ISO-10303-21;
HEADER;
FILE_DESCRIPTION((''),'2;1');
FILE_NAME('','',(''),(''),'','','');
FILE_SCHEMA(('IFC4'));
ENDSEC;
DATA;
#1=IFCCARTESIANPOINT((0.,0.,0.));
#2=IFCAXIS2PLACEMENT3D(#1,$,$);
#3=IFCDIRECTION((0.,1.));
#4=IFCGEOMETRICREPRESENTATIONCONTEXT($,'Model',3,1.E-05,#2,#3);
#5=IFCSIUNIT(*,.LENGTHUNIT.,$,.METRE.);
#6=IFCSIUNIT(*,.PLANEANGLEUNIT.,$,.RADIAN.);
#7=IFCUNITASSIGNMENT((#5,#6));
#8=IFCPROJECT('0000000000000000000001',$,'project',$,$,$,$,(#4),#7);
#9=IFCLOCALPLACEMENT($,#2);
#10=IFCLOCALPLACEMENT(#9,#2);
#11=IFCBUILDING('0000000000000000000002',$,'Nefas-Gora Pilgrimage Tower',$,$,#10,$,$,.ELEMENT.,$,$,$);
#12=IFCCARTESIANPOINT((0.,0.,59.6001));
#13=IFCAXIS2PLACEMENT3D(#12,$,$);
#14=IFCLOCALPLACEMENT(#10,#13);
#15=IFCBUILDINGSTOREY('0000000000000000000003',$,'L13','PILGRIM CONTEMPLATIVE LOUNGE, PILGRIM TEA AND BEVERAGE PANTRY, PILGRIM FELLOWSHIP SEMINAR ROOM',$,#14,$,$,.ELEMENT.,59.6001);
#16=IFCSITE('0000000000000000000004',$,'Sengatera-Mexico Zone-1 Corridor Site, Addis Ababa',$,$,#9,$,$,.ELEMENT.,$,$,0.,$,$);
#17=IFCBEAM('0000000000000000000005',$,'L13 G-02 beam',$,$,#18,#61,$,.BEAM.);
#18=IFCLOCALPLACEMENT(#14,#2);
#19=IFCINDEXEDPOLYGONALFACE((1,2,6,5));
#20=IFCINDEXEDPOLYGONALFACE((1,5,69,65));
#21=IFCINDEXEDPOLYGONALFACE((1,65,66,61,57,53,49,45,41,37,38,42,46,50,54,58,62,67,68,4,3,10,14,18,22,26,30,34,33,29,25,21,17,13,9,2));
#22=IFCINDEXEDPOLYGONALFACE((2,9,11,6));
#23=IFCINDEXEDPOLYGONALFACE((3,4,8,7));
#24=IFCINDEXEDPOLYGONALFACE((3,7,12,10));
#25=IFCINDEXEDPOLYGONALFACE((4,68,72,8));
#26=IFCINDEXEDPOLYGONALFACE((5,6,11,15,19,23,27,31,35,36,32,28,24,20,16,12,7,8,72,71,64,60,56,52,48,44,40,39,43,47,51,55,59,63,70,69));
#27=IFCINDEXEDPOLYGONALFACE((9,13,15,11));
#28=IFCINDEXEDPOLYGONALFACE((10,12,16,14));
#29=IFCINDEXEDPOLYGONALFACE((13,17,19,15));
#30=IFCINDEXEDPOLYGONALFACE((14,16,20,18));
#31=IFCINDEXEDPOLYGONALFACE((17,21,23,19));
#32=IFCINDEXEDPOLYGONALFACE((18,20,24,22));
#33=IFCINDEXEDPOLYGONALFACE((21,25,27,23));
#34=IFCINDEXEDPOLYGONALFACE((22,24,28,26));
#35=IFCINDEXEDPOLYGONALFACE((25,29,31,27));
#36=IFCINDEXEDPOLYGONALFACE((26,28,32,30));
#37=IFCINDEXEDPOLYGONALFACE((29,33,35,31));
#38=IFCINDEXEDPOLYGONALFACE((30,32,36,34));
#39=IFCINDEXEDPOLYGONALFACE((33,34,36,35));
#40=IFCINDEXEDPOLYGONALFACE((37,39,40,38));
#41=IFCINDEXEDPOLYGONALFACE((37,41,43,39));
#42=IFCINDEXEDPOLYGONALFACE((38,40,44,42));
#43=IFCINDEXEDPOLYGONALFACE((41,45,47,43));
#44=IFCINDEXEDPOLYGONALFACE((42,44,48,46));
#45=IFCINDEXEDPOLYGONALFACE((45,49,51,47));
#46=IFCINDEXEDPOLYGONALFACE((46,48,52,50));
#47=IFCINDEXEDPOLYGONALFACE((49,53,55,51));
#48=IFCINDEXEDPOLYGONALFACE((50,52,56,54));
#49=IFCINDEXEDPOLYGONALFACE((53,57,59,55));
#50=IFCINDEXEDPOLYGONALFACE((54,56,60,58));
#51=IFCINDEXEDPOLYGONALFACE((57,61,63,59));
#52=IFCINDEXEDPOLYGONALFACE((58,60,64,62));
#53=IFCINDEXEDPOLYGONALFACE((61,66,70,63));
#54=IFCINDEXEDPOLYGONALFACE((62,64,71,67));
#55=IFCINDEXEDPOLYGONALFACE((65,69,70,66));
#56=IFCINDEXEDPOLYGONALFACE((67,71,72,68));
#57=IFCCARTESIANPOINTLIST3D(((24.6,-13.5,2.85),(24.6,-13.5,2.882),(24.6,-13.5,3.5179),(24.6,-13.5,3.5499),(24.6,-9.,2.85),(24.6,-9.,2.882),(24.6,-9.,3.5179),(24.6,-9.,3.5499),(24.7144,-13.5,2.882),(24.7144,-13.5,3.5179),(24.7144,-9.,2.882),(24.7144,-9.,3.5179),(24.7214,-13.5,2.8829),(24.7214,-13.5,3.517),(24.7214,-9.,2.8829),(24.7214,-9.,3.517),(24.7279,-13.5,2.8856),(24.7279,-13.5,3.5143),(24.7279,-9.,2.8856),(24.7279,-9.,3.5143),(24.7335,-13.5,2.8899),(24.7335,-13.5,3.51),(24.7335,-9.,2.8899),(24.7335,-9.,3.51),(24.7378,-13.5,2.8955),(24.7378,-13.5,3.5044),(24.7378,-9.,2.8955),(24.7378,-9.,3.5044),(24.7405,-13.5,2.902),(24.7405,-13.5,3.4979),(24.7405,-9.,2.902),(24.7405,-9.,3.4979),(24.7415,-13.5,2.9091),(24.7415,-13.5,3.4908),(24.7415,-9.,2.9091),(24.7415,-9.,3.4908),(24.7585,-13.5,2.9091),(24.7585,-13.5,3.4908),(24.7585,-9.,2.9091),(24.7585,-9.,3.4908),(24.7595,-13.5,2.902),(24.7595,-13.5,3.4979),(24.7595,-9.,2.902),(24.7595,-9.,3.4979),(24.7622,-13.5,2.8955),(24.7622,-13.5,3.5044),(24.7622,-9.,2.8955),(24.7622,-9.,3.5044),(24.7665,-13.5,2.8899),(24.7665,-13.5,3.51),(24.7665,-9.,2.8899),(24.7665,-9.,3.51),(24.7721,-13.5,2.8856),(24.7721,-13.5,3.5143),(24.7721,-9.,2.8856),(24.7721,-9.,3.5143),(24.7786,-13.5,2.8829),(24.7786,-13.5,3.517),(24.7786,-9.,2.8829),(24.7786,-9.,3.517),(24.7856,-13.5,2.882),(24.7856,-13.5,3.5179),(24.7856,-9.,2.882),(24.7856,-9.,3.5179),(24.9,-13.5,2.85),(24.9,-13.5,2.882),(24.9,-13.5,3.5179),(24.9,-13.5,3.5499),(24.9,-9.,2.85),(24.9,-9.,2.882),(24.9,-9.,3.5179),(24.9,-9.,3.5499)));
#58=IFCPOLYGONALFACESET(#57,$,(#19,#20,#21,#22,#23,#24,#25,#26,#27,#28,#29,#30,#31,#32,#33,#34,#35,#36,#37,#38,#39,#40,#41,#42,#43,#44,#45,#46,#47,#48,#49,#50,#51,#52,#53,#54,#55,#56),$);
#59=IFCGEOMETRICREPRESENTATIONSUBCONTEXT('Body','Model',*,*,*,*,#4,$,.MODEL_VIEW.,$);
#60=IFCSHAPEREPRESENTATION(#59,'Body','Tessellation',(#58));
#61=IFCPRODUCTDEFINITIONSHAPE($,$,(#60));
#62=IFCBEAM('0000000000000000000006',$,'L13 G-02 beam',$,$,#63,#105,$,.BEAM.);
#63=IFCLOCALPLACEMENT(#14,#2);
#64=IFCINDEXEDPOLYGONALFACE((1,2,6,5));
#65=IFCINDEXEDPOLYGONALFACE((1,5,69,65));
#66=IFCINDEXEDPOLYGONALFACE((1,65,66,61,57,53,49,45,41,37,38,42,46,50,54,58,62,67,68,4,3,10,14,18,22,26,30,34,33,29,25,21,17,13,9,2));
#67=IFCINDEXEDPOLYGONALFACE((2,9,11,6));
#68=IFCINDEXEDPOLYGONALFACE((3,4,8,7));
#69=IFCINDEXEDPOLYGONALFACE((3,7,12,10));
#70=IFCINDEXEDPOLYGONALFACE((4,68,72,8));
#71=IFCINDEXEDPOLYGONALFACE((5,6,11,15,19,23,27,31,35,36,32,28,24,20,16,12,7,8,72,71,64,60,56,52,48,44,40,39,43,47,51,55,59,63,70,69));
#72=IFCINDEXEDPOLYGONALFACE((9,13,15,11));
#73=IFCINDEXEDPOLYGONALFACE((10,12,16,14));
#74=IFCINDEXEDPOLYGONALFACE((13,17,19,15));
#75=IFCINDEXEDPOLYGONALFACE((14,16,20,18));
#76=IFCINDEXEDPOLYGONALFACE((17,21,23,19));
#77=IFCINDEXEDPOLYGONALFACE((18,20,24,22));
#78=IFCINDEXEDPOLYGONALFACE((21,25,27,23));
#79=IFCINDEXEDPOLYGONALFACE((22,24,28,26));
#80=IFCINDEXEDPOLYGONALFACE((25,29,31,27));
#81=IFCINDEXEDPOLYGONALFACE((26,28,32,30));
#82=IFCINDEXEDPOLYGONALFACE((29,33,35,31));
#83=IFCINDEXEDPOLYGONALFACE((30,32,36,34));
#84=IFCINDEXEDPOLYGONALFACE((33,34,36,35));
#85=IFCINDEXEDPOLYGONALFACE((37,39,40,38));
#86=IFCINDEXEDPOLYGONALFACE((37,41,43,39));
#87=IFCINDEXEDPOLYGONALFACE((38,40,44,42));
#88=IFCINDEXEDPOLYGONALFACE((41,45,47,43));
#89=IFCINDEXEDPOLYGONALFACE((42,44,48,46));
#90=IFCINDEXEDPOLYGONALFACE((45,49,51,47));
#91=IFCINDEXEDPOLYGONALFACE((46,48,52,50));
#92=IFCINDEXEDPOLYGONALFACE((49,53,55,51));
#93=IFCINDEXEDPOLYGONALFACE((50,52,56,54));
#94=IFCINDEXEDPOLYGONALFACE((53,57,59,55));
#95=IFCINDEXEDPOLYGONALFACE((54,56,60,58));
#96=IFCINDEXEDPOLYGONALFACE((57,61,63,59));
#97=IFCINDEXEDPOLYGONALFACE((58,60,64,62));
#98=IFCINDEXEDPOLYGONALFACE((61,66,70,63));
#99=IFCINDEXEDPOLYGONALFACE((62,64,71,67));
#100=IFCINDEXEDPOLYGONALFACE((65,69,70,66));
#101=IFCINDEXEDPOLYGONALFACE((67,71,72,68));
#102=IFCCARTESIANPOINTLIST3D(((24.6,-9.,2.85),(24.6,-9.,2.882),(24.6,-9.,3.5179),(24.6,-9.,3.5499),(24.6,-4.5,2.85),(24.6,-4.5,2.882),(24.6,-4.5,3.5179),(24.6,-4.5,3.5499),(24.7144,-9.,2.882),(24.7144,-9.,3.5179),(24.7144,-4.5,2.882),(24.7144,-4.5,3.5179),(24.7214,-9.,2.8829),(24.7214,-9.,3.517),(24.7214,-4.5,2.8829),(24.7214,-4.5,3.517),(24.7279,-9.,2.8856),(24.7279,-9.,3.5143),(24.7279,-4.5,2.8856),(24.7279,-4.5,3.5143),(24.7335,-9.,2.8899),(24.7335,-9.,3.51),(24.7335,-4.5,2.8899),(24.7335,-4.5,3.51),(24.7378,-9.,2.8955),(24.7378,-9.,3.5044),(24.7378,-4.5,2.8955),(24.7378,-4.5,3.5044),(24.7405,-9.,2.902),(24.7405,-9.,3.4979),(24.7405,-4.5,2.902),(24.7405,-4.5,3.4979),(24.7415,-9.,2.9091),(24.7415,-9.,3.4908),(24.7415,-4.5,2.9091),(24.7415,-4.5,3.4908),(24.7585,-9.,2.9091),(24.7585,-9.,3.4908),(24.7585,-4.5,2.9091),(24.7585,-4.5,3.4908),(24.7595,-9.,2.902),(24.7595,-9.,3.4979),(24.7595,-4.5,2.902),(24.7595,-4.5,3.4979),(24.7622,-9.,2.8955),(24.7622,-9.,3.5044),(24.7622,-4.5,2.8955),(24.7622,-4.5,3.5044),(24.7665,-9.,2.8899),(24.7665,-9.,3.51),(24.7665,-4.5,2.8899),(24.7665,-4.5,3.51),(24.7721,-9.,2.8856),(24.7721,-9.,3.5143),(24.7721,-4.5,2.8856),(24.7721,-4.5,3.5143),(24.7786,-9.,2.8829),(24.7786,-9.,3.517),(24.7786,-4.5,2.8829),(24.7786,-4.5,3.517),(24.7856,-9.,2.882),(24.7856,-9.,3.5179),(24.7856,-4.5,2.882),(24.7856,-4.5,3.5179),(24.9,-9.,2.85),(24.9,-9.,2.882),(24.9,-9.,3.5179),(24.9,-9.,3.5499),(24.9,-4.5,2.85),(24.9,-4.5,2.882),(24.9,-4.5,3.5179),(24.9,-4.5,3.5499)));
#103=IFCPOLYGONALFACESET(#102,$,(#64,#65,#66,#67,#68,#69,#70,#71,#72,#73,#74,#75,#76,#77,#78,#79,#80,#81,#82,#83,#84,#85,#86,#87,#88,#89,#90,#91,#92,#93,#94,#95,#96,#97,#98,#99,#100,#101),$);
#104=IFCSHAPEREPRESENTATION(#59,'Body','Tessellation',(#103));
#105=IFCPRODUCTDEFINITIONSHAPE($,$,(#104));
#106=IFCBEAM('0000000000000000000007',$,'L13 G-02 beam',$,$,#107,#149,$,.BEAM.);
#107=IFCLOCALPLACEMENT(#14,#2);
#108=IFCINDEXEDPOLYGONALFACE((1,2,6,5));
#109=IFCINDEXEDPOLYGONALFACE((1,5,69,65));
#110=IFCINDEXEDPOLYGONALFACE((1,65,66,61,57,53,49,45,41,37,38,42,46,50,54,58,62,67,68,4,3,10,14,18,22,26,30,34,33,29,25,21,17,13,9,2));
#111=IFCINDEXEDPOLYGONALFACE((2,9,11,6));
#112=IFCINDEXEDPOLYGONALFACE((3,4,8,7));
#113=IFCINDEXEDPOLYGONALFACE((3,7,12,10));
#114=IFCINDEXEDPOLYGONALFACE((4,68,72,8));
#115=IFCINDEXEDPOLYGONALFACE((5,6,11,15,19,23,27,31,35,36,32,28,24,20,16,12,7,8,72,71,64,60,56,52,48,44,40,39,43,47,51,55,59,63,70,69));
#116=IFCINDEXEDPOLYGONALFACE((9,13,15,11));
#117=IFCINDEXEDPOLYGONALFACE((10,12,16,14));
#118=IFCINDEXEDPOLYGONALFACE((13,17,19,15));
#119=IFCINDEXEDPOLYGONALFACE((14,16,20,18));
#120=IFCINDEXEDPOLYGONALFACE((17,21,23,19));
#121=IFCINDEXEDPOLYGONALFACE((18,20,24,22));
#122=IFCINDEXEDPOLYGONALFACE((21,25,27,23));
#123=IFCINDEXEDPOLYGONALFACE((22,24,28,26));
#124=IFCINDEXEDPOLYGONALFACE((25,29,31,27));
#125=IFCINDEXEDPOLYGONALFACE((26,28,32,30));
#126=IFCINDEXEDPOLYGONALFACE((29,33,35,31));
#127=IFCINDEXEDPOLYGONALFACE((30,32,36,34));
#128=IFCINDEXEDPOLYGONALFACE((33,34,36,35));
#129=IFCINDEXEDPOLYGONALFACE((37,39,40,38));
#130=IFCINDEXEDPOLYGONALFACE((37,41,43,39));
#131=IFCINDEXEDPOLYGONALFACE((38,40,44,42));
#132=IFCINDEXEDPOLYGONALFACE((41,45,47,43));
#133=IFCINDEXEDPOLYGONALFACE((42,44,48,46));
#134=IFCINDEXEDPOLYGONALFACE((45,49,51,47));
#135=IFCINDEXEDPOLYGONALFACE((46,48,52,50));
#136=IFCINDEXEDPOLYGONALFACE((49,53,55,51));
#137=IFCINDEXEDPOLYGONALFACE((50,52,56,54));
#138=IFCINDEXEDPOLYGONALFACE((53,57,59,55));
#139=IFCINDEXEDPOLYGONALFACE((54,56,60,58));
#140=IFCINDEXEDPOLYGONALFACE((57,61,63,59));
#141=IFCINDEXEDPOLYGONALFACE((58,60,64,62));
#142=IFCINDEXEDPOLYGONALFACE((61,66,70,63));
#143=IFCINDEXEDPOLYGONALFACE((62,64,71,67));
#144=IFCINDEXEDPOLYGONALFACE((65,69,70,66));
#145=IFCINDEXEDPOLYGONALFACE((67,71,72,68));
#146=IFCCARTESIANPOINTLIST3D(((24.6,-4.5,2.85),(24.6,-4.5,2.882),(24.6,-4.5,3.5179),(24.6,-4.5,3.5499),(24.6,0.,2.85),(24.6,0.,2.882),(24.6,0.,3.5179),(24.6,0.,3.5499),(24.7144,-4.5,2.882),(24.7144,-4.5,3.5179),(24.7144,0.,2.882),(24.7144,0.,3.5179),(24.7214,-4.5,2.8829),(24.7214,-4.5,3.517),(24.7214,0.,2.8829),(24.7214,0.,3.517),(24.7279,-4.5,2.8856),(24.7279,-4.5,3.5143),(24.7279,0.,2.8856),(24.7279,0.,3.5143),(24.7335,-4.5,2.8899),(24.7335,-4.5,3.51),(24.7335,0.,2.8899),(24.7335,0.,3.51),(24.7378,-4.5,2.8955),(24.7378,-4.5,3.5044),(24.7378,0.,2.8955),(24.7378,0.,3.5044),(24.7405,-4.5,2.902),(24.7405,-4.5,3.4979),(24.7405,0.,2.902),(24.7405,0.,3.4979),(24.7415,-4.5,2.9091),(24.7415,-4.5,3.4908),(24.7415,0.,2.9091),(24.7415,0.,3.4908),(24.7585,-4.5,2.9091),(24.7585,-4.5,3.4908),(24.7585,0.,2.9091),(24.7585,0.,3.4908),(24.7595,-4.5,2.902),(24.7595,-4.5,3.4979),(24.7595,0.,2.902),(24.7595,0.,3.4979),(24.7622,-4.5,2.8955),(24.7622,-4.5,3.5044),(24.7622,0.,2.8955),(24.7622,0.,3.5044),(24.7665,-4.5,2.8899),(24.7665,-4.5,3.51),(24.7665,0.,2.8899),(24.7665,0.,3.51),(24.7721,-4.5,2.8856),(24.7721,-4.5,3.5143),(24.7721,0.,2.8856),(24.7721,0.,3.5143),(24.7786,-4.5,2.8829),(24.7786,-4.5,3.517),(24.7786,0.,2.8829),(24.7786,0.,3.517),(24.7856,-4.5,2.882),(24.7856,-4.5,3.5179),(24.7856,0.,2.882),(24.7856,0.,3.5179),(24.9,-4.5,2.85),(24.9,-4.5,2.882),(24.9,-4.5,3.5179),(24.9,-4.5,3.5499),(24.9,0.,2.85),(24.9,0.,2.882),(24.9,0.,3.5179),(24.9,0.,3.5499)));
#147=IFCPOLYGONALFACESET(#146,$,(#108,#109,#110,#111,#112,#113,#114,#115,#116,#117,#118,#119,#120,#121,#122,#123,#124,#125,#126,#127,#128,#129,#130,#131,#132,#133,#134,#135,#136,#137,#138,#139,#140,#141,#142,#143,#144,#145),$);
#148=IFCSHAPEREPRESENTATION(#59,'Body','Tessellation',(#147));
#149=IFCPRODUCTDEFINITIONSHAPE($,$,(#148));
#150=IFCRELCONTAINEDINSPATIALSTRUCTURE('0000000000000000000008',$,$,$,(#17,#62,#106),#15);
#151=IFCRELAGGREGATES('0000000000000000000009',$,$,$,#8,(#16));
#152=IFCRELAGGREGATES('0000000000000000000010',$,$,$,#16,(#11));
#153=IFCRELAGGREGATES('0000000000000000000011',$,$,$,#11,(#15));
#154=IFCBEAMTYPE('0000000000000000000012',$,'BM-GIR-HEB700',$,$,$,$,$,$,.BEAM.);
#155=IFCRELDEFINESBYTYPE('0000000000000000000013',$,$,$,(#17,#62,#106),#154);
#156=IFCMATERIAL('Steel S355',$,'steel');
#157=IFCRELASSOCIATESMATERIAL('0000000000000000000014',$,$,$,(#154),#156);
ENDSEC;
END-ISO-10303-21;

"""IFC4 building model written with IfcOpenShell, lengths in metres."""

from ifc_helpers import new_model, si_unit, direction, frame, origin, origin_2d, place, context, subcontext, project, spatial, i_section, extrude, source, transform, mapped, material, material_profile, profile_set, type_object, element, save


model = new_model("IFC4")

# Units and contexts
model_context = context("Model", 3, precision=1e-05, world=origin(), true_north=direction((0.0, 1.0)))
body_context = subcontext(model_context, "Body", "Model", "MODEL_VIEW")
ifc_project = project(units=[si_unit("LENGTHUNIT", "METRE"), si_unit("PLANEANGLEUNIT", "RADIAN")], contexts=[model_context])

# Site, building, storey
site_placement = place(None, origin())
site = spatial("IfcSite", under=ifc_project, at=site_placement, Name="Sengatera-Mexico Zone-1 Corridor Site, Addis Ababa", CompositionType="ELEMENT", RefElevation=0.0)
building_placement = place(site_placement, origin())
building = spatial("IfcBuilding", under=site, at=building_placement, Name="Nefas-Gora Pilgrimage Tower", CompositionType="ELEMENT")
storey_placement = place(building_placement, frame((0.0, 0.0, 59.6001)))
storey = spatial("IfcBuildingStorey", under=building, at=storey_placement, Name="L13", Description="PILGRIM CONTEMPLATIVE LOUNGE, PILGRIM TEA AND BEVERAGE PANTRY, PILGRIM FELLOWSHIP SEMINAR ROOM", CompositionType="ELEMENT", Elevation=59.6001)

# Beams
ifc_material_1 = material(Name="Steel S355", Category="steel")
ifc_material_profile_1 = material_profile(ifc_material_1, i_section(OverallWidth=0.3, OverallDepth=0.7, WebThickness=0.0171, FlangeThickness=0.032, FilletRadius=0.0271, at=origin_2d()), Name="HEB 700")
ifc_profile_set_1 = profile_set([ifc_material_profile_1], Name="Steel S355")
beam_type_1 = type_object("IfcBeamType", Name="BM-GIR-HEB700", PredefinedType="BEAM", material=ifc_profile_set_1)
shared_shape_1 = source(origin(), body_context, "Body", "SweptSolid", [
    extrude(i_section(OverallWidth=0.3, OverallDepth=0.7, WebThickness=0.0171, FlangeThickness=0.032, FilletRadius=0.0271, at=origin_2d()), origin(), (0.0, 0.0, 1.0), 4.5),
])
for number, where, z_axis, x_axis, name in (
    (1, (24.75, -13.5, 3.2), (0.0, 1.0, 0.0), (-1.0, 0.0, 0.0), "L13 G-02 beam"),
    (2, (24.75, -9.0, 3.2), (0.0, 1.0, 0.0), (-1.0, 0.0, 0.0), "L13 G-02 beam"),
    (3, (24.75, -4.5, 3.2), (0.0, 1.0, 0.0), (-1.0, 0.0, 0.0), "L13 G-02 beam"),
):
    element("IfcBeam", number, at=place(storey_placement, frame(where, z_axis=z_axis, x_axis=x_axis)), inside=storey, type_object=beam_type_1, Name=name, PredefinedType="BEAM", context=body_context, shape_type="MappedRepresentation", body=[
        mapped(shared_shape_1, transform((0.0, 0.0, 0.0), x_axis=(1.0, 0.0, 0.0), y_axis=(0.0, 1.0, 0.0), z_axis=(0.0, 0.0, 1.0), scale=1.0)),
    ])

save(model, "model.ifc")
